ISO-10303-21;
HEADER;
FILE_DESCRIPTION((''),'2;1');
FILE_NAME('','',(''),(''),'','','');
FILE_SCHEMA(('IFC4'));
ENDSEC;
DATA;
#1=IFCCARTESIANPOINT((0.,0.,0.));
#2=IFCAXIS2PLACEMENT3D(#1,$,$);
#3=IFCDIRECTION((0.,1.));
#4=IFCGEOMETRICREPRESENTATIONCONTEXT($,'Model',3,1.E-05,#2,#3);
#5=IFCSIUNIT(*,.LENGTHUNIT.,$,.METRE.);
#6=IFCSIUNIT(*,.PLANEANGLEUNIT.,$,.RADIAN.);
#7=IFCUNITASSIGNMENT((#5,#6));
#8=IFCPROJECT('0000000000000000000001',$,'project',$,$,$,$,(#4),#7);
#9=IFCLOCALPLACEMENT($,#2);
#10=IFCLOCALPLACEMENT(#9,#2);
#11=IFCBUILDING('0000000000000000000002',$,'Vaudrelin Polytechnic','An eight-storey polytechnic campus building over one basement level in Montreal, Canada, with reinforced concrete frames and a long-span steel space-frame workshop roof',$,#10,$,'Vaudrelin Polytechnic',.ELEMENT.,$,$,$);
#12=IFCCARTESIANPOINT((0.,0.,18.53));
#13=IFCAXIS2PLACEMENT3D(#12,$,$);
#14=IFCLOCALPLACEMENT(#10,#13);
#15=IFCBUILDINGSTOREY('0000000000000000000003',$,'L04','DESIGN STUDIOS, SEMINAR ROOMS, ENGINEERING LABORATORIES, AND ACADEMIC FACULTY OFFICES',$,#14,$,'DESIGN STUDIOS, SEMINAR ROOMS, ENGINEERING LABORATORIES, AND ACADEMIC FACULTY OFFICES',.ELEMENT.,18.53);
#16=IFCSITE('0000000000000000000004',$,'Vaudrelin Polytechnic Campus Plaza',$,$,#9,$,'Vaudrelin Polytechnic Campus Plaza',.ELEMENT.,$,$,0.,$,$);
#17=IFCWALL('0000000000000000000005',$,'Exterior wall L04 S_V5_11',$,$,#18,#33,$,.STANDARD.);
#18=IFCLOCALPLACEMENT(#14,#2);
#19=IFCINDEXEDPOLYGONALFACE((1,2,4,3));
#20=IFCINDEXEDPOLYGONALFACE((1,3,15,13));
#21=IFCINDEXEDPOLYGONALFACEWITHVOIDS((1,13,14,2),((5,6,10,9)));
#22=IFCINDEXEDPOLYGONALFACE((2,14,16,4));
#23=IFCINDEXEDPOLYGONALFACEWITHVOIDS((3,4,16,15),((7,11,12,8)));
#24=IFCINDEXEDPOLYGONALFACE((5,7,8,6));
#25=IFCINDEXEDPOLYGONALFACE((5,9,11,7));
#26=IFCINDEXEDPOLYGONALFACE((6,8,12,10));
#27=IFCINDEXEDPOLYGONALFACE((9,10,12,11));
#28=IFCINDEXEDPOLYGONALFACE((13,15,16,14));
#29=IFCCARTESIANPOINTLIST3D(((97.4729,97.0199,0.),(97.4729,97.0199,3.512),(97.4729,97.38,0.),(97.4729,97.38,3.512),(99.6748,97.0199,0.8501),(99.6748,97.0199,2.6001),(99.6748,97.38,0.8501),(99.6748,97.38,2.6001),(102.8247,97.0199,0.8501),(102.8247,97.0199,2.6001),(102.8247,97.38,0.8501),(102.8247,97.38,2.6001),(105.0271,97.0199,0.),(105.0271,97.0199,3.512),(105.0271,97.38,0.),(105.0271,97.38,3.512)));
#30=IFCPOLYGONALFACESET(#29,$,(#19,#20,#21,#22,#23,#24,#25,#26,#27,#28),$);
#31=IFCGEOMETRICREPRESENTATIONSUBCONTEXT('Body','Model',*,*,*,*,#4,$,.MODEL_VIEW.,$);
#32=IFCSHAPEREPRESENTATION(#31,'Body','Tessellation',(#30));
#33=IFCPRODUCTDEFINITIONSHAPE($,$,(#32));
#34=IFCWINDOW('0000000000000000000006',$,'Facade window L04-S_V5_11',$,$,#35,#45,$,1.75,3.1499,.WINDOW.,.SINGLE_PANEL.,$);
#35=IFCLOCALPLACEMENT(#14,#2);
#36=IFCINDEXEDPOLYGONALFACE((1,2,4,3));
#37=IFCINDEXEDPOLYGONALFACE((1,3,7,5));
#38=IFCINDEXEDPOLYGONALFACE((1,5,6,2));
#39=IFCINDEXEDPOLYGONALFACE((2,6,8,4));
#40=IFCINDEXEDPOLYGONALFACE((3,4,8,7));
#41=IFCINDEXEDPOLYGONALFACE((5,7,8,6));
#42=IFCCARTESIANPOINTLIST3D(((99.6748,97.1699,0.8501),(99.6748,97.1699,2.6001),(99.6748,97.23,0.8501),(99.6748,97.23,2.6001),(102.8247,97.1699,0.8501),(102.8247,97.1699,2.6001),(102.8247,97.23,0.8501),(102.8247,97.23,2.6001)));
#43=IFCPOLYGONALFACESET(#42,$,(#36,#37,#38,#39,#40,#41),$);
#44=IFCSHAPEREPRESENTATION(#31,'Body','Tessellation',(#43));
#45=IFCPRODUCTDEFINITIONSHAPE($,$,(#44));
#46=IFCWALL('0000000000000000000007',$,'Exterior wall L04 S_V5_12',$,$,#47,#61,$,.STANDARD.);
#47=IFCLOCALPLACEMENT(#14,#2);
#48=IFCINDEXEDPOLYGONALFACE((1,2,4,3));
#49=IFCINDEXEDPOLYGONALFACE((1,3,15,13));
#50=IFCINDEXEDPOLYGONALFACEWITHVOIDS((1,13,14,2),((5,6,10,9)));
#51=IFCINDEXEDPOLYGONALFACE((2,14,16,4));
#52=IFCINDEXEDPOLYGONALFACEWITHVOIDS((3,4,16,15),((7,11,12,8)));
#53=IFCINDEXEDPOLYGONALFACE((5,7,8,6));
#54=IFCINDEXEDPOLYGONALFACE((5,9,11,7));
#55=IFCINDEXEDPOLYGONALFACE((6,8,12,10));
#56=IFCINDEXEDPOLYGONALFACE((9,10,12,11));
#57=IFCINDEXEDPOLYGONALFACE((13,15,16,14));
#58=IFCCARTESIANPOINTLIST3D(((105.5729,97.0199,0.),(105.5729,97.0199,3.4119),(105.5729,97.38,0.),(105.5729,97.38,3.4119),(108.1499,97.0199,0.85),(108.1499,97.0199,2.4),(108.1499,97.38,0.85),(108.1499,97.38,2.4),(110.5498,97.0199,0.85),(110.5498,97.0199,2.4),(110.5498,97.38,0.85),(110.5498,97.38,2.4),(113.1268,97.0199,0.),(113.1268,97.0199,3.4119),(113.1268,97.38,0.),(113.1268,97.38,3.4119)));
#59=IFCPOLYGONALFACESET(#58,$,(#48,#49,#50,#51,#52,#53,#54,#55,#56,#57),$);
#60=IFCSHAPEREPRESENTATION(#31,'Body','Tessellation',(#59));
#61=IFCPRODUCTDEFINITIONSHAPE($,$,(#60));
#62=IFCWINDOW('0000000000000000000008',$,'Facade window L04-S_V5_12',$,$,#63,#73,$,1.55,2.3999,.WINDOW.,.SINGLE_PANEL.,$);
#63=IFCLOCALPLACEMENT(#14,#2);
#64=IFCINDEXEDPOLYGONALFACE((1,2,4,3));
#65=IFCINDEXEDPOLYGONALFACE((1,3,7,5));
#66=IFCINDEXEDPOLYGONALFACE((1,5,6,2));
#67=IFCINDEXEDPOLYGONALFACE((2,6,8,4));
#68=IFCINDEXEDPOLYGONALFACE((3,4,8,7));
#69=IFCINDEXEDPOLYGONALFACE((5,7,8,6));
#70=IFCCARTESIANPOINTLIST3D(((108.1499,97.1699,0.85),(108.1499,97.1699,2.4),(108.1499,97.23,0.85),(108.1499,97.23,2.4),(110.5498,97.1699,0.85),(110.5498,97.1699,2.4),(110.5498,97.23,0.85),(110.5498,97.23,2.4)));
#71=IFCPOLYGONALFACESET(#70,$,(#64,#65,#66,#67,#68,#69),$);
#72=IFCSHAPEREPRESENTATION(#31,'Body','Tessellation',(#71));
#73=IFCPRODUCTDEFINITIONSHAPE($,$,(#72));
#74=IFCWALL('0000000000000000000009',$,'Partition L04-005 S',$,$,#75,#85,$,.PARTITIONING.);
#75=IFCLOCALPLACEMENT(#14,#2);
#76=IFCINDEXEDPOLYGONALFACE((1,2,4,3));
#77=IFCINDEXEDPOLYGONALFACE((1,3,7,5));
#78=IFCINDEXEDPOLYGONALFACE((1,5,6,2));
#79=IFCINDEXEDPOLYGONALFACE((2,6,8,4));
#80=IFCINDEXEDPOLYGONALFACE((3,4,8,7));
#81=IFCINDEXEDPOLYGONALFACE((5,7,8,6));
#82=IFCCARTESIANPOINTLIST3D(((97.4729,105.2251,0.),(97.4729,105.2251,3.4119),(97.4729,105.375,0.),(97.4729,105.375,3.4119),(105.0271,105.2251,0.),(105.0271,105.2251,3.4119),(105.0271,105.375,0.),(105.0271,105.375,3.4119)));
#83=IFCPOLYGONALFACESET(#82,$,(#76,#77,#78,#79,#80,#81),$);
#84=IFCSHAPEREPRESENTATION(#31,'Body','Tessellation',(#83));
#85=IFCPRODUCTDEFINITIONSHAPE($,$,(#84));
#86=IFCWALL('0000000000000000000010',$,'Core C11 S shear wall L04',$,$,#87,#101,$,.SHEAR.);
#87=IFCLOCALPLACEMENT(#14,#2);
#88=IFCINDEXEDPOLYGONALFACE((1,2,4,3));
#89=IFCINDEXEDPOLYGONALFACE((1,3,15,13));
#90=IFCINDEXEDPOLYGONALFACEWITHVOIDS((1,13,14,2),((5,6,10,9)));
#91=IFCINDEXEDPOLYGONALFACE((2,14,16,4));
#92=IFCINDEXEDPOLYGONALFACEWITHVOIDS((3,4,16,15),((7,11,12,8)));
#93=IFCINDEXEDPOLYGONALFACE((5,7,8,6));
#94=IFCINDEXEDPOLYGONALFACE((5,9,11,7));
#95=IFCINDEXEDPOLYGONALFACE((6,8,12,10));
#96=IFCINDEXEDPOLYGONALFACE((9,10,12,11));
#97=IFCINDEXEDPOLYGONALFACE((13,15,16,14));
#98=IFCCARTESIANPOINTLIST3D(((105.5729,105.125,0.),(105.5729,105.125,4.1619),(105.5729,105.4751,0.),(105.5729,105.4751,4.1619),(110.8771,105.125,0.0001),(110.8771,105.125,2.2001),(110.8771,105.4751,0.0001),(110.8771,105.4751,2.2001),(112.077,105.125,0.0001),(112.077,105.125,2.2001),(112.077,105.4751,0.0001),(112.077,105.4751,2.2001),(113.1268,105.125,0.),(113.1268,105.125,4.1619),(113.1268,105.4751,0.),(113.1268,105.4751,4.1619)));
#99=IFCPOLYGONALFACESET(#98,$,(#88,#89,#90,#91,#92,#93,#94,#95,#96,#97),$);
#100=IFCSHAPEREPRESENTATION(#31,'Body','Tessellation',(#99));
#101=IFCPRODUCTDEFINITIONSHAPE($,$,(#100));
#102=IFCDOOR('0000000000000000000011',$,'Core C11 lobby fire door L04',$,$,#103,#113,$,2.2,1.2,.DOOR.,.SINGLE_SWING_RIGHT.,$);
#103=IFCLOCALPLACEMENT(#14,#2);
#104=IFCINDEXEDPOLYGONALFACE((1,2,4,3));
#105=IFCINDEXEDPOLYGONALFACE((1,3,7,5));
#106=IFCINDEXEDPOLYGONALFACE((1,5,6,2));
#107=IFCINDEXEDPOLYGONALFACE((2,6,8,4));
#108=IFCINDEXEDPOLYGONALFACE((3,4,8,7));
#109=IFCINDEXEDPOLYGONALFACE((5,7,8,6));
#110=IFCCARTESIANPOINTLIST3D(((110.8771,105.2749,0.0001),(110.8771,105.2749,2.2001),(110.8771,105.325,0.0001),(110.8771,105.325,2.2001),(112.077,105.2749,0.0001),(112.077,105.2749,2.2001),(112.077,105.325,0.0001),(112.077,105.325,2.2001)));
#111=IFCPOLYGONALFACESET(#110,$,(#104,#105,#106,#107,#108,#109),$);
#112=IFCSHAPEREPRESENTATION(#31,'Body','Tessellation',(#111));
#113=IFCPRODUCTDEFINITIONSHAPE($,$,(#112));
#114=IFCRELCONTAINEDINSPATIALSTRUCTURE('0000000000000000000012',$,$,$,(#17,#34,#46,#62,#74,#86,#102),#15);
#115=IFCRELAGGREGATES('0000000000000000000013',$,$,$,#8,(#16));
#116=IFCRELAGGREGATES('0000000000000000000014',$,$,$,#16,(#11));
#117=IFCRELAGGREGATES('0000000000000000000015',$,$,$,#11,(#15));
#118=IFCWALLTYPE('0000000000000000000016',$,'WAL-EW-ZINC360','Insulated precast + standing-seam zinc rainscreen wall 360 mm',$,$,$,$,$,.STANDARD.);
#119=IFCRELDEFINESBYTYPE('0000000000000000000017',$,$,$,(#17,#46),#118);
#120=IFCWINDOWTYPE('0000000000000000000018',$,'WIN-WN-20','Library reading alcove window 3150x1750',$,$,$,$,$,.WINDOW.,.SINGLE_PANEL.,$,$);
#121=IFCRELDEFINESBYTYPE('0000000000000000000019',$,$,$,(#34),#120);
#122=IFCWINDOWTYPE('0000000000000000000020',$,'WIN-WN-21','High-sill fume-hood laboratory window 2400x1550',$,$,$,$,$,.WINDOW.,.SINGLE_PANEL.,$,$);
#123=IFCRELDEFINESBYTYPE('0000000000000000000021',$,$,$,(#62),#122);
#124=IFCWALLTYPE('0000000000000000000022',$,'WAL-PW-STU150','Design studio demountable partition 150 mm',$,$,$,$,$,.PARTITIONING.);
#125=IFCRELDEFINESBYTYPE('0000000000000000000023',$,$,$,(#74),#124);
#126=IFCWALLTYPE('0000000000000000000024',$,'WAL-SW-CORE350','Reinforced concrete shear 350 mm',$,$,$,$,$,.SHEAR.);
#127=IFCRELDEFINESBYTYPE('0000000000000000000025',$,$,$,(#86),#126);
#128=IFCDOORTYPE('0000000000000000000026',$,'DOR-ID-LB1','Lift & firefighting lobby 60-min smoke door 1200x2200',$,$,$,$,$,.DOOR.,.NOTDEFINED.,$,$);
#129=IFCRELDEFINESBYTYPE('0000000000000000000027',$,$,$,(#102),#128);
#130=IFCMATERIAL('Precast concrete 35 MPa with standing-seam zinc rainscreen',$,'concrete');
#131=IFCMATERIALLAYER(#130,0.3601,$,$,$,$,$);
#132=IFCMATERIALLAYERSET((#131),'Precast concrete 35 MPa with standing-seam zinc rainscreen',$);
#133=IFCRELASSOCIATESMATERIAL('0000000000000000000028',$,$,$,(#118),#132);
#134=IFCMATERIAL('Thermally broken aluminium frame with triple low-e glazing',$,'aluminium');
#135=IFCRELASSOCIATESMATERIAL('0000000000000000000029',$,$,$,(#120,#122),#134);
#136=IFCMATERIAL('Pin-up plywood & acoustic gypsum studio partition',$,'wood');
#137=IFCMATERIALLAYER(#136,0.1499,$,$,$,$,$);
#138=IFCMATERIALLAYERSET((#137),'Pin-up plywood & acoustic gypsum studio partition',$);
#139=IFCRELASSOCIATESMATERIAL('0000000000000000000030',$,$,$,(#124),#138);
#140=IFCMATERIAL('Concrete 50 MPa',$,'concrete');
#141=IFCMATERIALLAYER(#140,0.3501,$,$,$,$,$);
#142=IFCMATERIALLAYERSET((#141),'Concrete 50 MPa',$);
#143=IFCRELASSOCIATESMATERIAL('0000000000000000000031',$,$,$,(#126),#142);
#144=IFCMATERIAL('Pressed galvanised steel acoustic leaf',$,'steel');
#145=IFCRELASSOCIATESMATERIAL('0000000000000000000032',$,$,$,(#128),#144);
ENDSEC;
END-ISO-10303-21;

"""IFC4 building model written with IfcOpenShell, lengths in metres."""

from ifc_helpers import new_model, si_unit, direction, frame, frame_2d, origin, place, context, subcontext, project, spatial, rectangle, extrude, material, layer, layer_set, type_object, element, fill, save


model = new_model("IFC4")

# Units and contexts
model_context = context("Model", 3, precision=1e-05, world=origin(), true_north=direction((0.0, 1.0)))
body_context = subcontext(model_context, "Body", "Model", "MODEL_VIEW")
ifc_project = project(units=[si_unit("LENGTHUNIT", "METRE"), si_unit("PLANEANGLEUNIT", "RADIAN")], contexts=[model_context])

# Site, building, storey
site_placement = place(None, origin())
site = spatial("IfcSite", under=ifc_project, at=site_placement, Name="Vaudrelin Polytechnic Campus Plaza", LongName="Vaudrelin Polytechnic Campus Plaza", CompositionType="ELEMENT", RefElevation=0.0)
building_placement = place(site_placement, origin())
building = spatial("IfcBuilding", under=site, at=building_placement, Name="Vaudrelin Polytechnic", Description="An eight-storey polytechnic campus building over one basement level in Montreal, Canada, with reinforced concrete frames and a long-span steel space-frame workshop roof", LongName="Vaudrelin Polytechnic", CompositionType="ELEMENT")
storey_placement = place(building_placement, frame((0.0, 0.0, 18.53)))
storey = spatial("IfcBuildingStorey", under=building, at=storey_placement, Name="L04", Description="DESIGN STUDIOS, SEMINAR ROOMS, ENGINEERING LABORATORIES, AND ACADEMIC FACULTY OFFICES", LongName="DESIGN STUDIOS, SEMINAR ROOMS, ENGINEERING LABORATORIES, AND ACADEMIC FACULTY OFFICES", CompositionType="ELEMENT", Elevation=18.53)

# Shared definitions
ifc_material_1 = material(Name="Concrete 50 MPa", Category="concrete")

# Walls, openings, windows
ifc_material_2 = material(Name="Precast concrete 35 MPa with standing-seam zinc rainscreen", Category="concrete")
ifc_layer_1 = layer(ifc_material_2, 0.3601)
ifc_layer_set_1 = layer_set([ifc_layer_1], Name="Precast concrete 35 MPa with standing-seam zinc rainscreen")
wall_type_1 = type_object("IfcWallType", Name="WAL-EW-ZINC360", Description="Insulated precast + standing-seam zinc rainscreen wall 360 mm", PredefinedType="STANDARD", material=ifc_layer_set_1)
wall_1_placement = place(storey_placement, frame((97.4729, 97.2, 0.0), z_axis=(0.0, 0.0, 1.0), x_axis=(1.0, 0.0, 0.0)))
wall_1 = element("IfcWall", 1, at=wall_1_placement, inside=storey, type_object=wall_type_1, Name="Exterior wall L04 S_V5_11", PredefinedType="STANDARD", context=body_context, shape_type="SweptSolid", body=[
    extrude(rectangle(XDim=7.5542, YDim=0.3601, at=frame_2d((3.7771, 0.0))), origin(), (0.0, 0.0, 1.0), 3.512),
])
opening_1_placement = place(wall_1_placement, frame((2.2019, 0.0, 0.8501)))
opening_1 = element("IfcOpeningElement", 2, at=opening_1_placement, cuts=wall_1, PredefinedType="OPENING", context=body_context, shape_type="SweptSolid", body=[
    extrude(rectangle(XDim=3.1499, YDim=1.75, at=frame_2d((1.575, 0.875))), frame((0.0, 0.1899, 0.0), z_axis=(0.0, -1.0, 0.0), x_axis=(1.0, 0.0, 0.0)), (0.0, 0.0, 1.0), 0.3801),
])
ifc_material_3 = material(Name="Thermally broken aluminium frame with triple low-e glazing", Category="aluminium")
window_type_1 = type_object("IfcWindowType", Name="WIN-WN-20", Description="Library reading alcove window 3150x1750", PartitioningType="SINGLE_PANEL", PredefinedType="WINDOW", material=ifc_material_3)
window_1_placement = place(opening_1_placement, origin())
window_1 = element("IfcWindow", 3, at=window_1_placement, inside=storey, type_object=window_type_1, Name="Facade window L04-S_V5_11", OverallHeight=1.75, OverallWidth=3.1499, PartitioningType="SINGLE_PANEL", PredefinedType="WINDOW", context=body_context, shape_type="SweptSolid", body=[
    extrude(rectangle(XDim=3.1499, YDim=1.75, at=frame_2d((1.575, 0.875))), frame((0.0, 0.03, 0.0), z_axis=(0.0, -1.0, 0.0), x_axis=(1.0, 0.0, 0.0)), (0.0, 0.0, 1.0), 0.0601),
])
fill(opening_1, window_1)
wall_2_placement = place(storey_placement, frame((105.573, 97.2, 0.0), z_axis=(0.0, 0.0, 1.0), x_axis=(1.0, 0.0, 0.0)))
wall_2 = element("IfcWall", 4, at=wall_2_placement, inside=storey, type_object=wall_type_1, Name="Exterior wall L04 S_V5_12", PredefinedType="STANDARD", context=body_context, shape_type="SweptSolid", body=[
    extrude(rectangle(XDim=7.554, YDim=0.3601, at=frame_2d((3.7769, 0.0))), origin(), (0.0, 0.0, 1.0), 3.4119),
])
opening_2_placement = place(wall_2_placement, frame((2.5769, 0.0, 0.8501)))
opening_2 = element("IfcOpeningElement", 5, at=opening_2_placement, cuts=wall_2, PredefinedType="OPENING", context=body_context, shape_type="SweptSolid", body=[
    extrude(rectangle(XDim=2.3999, YDim=1.55, at=frame_2d((1.2, 0.7749))), frame((0.0, 0.1899, 0.0), z_axis=(0.0, -1.0, 0.0), x_axis=(1.0, 0.0, 0.0)), (0.0, 0.0, 1.0), 0.3801),
])
window_type_2 = type_object("IfcWindowType", Name="WIN-WN-21", Description="High-sill fume-hood laboratory window 2400x1550", PartitioningType="SINGLE_PANEL", PredefinedType="WINDOW", material=ifc_material_3)
window_2_placement = place(opening_2_placement, origin())
window_2 = element("IfcWindow", 6, at=window_2_placement, inside=storey, type_object=window_type_2, Name="Facade window L04-S_V5_12", OverallHeight=1.55, OverallWidth=2.3999, PartitioningType="SINGLE_PANEL", PredefinedType="WINDOW", context=body_context, shape_type="SweptSolid", body=[
    extrude(rectangle(XDim=2.3999, YDim=1.55, at=frame_2d((1.2, 0.7749))), frame((0.0, 0.03, 0.0), z_axis=(0.0, -1.0, 0.0), x_axis=(1.0, 0.0, 0.0)), (0.0, 0.0, 1.0), 0.0601),
])
fill(opening_2, window_2)

# Shared definitions
ifc_material_4 = material(Name="Pressed galvanised steel acoustic leaf", Category="steel")

# Wall
ifc_material_5 = material(Name="Pin-up plywood & acoustic gypsum studio partition", Category="wood")
ifc_layer_2 = layer(ifc_material_5, 0.1499)
ifc_layer_set_2 = layer_set([ifc_layer_2], Name="Pin-up plywood & acoustic gypsum studio partition")
wall_type_2 = type_object("IfcWallType", Name="WAL-PW-STU150", Description="Design studio demountable partition 150 mm", PredefinedType="PARTITIONING", material=ifc_layer_set_2)
wall_3_placement = place(storey_placement, frame((97.4729, 105.3, 0.0), z_axis=(0.0, 0.0, 1.0), x_axis=(1.0, 0.0, 0.0)))
element("IfcWall", 7, at=wall_3_placement, inside=storey, type_object=wall_type_2, Name="Partition L04-005 S", PredefinedType="PARTITIONING", context=body_context, shape_type="SweptSolid", body=[
    extrude(rectangle(XDim=7.5542, YDim=0.1499, at=frame_2d((3.7771, 0.0))), origin(), (0.0, 0.0, 1.0), 3.4119),
])

# Wall, opening, door
ifc_layer_3 = layer(ifc_material_1, 0.3501)
ifc_layer_set_3 = layer_set([ifc_layer_3], Name="Concrete 50 MPa")
wall_type_3 = type_object("IfcWallType", Name="WAL-SW-CORE350", Description="Reinforced concrete shear 350 mm", PredefinedType="SHEAR", material=ifc_layer_set_3)
wall_4_placement = place(storey_placement, frame((105.573, 105.3, 0.0), z_axis=(0.0, 0.0, 1.0), x_axis=(1.0, 0.0, 0.0)))
wall_4 = element("IfcWall", 8, at=wall_4_placement, inside=storey, type_object=wall_type_3, Name="Core C11 S shear wall L04", PredefinedType="SHEAR", context=body_context, shape_type="SweptSolid", body=[
    extrude(rectangle(XDim=7.554, YDim=0.3501, at=frame_2d((3.7769, 0.0))), origin(), (0.0, 0.0, 1.0), 4.1619),
])
opening_3_placement = place(wall_4_placement, frame((5.304, 0.0, 0.0)))
opening_3 = element("IfcOpeningElement", 9, at=opening_3_placement, cuts=wall_4, PredefinedType="OPENING", context=body_context, shape_type="SweptSolid", body=[
    extrude(rectangle(XDim=1.2, YDim=2.2, at=frame_2d((0.6001, 1.1001))), frame((0.0, 0.1851, 0.0), z_axis=(0.0, -1.0, 0.0), x_axis=(1.0, 0.0, 0.0)), (0.0, 0.0, 1.0), 0.3701),
])
door_type_1 = type_object("IfcDoorType", Name="DOR-ID-LB1", Description="Lift & firefighting lobby 60-min smoke door 1200x2200", OperationType="NOTDEFINED", PredefinedType="DOOR", material=ifc_material_4)
door_1_placement = place(opening_3_placement, origin())
door_1 = element("IfcDoor", 10, at=door_1_placement, inside=storey, type_object=door_type_1, Name="Core C11 lobby fire door L04", OperationType="SINGLE_SWING_RIGHT", OverallHeight=2.2, OverallWidth=1.2, PredefinedType="DOOR", context=body_context, shape_type="SweptSolid", body=[
    extrude(rectangle(XDim=1.2, YDim=2.2, at=frame_2d((0.6001, 1.1001))), frame((0.0, 0.0249, 0.0), z_axis=(0.0, -1.0, 0.0), x_axis=(1.0, 0.0, 0.0)), (0.0, 0.0, 1.0), 0.05),
])
fill(opening_3, door_1)

save(model, "model.ifc")
